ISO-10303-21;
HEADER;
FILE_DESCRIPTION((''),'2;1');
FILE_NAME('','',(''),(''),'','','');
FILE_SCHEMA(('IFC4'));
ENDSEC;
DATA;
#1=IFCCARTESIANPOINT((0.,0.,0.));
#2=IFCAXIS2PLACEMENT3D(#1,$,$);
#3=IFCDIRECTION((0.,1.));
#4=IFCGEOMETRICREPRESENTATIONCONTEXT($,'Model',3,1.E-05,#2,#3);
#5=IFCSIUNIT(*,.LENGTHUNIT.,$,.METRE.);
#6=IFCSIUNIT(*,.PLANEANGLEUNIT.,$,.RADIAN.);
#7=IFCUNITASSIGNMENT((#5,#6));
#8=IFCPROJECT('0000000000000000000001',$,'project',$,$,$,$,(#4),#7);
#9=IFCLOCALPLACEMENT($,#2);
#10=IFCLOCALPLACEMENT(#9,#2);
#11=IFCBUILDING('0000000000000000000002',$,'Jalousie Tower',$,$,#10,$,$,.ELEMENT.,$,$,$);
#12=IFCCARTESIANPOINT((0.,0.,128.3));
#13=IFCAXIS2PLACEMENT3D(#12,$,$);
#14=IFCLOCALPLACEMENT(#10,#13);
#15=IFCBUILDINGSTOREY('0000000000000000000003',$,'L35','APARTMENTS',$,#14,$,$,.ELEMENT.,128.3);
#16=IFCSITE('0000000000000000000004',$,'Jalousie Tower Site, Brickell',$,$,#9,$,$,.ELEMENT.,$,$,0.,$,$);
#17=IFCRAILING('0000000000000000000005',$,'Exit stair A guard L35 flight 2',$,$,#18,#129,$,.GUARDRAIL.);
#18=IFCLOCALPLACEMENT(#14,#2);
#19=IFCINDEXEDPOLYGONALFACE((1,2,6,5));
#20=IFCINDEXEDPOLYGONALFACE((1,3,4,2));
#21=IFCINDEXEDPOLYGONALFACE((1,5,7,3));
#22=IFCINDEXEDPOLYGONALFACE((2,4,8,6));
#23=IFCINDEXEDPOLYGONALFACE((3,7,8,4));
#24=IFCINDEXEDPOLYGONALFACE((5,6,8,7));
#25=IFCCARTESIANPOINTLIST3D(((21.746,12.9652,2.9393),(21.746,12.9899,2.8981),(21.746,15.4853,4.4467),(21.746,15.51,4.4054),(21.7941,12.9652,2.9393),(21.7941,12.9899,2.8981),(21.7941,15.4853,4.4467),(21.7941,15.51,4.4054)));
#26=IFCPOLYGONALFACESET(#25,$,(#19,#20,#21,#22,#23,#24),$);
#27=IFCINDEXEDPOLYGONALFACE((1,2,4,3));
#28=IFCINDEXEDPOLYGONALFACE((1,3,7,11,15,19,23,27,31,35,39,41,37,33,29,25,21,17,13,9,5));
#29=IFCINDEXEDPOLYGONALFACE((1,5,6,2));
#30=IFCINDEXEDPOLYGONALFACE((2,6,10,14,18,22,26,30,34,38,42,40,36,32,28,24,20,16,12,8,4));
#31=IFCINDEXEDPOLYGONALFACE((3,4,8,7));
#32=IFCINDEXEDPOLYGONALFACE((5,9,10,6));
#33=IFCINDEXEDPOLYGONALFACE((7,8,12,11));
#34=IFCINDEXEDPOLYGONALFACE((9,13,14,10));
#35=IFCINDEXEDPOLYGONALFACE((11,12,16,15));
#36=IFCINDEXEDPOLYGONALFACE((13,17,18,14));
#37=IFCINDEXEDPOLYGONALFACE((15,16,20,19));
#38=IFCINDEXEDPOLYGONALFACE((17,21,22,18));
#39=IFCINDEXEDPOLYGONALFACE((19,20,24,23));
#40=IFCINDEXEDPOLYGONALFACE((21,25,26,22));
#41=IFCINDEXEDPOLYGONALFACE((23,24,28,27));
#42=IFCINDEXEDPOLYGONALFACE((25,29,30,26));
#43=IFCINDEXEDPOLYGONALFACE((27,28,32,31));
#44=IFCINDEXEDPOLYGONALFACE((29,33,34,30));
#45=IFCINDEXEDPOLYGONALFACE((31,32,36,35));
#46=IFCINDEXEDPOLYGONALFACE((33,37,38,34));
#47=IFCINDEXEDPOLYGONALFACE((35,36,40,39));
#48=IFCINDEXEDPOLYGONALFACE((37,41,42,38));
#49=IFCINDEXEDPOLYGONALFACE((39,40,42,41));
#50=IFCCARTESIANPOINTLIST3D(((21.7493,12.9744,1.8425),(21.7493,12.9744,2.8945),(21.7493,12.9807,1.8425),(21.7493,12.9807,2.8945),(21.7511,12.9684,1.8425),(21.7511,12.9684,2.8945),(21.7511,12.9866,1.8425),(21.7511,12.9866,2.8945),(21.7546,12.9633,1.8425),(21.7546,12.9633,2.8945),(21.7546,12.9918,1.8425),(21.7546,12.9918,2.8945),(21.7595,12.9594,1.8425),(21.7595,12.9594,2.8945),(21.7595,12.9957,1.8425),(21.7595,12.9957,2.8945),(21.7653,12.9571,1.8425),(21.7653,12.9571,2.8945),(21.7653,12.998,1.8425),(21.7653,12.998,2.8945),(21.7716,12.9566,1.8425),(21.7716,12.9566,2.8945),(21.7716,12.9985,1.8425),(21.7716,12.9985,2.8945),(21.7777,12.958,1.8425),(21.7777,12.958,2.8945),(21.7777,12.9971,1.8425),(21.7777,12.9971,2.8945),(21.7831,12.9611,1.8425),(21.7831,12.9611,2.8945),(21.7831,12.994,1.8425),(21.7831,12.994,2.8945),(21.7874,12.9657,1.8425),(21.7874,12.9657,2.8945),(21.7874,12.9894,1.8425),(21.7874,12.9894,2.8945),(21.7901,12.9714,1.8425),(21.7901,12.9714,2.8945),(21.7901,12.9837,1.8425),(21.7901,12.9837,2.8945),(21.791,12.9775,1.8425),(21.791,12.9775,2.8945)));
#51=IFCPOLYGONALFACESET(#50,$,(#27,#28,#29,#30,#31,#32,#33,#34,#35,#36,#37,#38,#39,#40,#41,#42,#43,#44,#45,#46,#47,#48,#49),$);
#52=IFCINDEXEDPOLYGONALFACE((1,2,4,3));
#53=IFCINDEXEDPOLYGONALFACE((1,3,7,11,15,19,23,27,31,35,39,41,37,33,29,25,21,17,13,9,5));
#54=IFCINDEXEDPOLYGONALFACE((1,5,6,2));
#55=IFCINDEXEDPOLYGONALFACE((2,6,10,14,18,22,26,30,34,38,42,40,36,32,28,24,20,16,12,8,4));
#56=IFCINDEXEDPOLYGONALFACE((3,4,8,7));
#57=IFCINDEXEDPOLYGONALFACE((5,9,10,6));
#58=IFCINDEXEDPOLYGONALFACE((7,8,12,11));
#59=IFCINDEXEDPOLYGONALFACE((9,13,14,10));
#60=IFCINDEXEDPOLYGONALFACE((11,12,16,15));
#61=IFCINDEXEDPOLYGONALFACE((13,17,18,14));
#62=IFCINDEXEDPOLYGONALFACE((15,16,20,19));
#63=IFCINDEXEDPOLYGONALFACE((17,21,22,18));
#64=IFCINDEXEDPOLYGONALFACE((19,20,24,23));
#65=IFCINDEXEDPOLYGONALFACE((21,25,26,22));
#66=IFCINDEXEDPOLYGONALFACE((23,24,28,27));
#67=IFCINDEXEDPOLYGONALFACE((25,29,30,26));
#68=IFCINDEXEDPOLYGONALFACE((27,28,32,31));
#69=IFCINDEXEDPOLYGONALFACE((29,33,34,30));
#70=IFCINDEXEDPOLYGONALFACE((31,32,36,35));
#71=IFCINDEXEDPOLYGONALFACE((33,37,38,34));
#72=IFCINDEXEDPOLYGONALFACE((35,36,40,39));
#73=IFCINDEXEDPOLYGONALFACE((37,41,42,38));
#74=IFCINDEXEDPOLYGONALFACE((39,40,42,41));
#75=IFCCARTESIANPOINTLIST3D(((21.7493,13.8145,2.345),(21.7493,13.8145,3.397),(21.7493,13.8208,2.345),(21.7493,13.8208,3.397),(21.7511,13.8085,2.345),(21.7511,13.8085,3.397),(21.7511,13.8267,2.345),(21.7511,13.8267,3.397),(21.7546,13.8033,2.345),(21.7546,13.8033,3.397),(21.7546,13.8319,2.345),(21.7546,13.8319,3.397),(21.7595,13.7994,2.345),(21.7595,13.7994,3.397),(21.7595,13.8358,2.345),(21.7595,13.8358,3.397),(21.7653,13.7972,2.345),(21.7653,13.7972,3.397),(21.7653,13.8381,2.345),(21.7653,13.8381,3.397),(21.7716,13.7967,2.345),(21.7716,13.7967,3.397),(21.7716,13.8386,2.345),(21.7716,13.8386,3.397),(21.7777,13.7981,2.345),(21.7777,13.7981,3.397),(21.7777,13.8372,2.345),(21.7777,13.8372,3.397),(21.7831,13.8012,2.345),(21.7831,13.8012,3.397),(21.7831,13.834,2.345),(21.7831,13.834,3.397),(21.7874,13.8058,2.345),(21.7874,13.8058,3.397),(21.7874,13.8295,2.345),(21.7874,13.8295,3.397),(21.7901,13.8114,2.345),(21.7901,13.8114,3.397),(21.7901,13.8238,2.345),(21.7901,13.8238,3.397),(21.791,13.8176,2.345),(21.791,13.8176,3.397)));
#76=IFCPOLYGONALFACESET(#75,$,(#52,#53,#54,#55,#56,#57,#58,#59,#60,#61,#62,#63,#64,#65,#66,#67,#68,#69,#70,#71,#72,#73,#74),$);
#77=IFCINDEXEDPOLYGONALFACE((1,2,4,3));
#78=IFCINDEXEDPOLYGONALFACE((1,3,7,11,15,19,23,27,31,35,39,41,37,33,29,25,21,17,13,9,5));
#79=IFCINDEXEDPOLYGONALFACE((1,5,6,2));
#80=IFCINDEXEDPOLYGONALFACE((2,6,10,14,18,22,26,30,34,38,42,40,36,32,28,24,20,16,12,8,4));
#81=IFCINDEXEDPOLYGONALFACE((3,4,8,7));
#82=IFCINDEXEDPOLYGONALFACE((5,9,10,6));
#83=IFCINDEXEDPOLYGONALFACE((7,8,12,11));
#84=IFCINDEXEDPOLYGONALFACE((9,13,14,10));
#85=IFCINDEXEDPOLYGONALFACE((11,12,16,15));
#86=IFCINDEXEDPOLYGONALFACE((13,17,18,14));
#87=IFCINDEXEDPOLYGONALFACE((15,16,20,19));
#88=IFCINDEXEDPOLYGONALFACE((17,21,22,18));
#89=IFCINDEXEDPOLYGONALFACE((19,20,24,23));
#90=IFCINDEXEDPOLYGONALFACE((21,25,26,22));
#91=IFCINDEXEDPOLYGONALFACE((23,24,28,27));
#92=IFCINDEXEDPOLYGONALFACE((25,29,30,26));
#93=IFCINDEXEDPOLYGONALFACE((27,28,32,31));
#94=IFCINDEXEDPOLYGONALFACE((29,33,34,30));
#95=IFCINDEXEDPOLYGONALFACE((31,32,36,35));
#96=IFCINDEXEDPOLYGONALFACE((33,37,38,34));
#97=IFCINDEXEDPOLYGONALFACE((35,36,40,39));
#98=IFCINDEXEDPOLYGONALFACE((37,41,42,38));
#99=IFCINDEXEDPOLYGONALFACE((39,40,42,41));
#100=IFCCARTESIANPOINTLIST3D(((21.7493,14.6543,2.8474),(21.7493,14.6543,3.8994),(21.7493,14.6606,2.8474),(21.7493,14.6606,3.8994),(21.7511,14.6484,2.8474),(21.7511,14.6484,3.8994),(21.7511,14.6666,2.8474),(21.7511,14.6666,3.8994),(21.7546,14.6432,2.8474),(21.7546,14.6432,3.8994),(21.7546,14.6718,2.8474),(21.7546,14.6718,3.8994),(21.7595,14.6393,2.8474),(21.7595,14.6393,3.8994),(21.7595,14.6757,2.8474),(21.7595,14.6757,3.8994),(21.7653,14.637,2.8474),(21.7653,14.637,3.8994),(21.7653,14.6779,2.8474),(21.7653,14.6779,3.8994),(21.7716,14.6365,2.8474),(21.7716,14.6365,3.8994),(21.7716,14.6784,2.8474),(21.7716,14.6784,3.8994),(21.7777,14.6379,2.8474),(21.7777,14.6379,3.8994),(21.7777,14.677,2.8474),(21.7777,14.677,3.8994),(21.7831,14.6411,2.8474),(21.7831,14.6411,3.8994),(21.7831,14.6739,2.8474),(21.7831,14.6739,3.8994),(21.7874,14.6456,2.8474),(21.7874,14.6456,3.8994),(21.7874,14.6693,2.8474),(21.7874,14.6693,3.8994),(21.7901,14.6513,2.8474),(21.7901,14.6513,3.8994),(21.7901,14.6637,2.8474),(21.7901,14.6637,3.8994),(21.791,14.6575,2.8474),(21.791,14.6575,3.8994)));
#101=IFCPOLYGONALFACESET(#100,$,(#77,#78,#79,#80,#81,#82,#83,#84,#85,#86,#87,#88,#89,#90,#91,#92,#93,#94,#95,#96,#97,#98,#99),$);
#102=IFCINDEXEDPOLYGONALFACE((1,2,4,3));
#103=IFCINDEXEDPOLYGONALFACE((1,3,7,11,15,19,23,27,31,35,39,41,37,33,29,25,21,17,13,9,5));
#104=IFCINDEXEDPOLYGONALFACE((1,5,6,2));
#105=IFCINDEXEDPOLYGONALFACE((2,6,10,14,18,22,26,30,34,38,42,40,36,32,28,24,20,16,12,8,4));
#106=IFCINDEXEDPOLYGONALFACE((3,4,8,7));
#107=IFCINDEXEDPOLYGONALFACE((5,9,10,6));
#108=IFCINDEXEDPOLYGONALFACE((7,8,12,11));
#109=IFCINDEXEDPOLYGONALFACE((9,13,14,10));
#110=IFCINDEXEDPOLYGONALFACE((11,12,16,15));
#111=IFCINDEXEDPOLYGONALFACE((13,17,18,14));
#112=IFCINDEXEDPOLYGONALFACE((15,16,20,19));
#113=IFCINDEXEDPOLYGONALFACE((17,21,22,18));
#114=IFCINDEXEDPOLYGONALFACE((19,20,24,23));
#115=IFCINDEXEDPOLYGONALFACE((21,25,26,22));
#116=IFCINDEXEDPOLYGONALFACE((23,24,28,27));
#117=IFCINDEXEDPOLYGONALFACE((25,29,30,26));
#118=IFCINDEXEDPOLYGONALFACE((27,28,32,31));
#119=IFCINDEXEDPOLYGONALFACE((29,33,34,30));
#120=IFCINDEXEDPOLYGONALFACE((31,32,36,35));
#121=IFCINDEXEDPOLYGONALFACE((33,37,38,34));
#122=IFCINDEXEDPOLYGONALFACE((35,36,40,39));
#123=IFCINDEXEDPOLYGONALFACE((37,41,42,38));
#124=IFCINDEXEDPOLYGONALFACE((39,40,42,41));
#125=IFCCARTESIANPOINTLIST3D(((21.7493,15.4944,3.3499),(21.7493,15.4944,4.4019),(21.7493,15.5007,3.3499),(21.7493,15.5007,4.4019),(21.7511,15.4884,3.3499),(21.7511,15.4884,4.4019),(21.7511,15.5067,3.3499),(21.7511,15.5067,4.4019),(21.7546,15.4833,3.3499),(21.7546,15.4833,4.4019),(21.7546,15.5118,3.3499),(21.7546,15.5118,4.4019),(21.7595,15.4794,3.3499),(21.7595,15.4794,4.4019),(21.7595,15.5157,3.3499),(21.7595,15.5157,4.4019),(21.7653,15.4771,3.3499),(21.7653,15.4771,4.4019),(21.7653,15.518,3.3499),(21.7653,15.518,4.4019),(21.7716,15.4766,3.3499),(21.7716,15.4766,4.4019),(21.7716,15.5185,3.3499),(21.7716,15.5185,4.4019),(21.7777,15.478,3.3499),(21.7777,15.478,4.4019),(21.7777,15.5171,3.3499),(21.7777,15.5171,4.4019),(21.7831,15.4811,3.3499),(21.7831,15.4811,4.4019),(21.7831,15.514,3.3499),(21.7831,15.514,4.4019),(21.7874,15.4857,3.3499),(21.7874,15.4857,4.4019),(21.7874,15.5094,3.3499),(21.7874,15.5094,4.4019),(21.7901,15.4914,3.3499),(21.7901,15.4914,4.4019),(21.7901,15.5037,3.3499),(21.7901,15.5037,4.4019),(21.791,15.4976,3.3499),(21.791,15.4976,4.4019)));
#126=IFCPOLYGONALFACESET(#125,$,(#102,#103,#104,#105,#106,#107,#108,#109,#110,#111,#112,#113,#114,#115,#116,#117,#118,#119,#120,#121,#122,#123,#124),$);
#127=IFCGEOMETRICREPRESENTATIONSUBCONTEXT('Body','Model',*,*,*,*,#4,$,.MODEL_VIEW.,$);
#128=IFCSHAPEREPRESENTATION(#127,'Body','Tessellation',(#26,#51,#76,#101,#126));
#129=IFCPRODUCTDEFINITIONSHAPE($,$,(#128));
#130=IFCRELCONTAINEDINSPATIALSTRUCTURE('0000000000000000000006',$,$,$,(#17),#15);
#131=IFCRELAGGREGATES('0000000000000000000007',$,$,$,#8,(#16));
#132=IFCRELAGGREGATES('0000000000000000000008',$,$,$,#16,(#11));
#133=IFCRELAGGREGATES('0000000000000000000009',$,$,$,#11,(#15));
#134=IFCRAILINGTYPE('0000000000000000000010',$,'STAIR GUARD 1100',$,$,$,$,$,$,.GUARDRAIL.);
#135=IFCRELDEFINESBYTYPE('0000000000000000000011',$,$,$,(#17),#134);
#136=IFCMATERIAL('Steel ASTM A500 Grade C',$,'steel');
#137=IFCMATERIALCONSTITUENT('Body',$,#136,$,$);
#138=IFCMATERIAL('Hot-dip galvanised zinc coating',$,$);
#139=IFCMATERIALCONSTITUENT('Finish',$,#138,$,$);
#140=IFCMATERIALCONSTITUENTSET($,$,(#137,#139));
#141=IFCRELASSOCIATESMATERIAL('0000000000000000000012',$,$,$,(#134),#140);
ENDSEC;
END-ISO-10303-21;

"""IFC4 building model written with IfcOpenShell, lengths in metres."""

from ifc_helpers import new_model, si_unit, direction, frame, origin, origin_2d, place, context, subcontext, project, spatial, rectangle, circle, extrude, material, constituent, constituent_set, type_object, element, save


model = new_model("IFC4")

# Units and contexts
model_context = context("Model", 3, precision=1e-05, world=origin(), true_north=direction((0.0, 1.0)))
body_context = subcontext(model_context, "Body", "Model", "MODEL_VIEW")
ifc_project = project(units=[si_unit("LENGTHUNIT", "METRE"), si_unit("PLANEANGLEUNIT", "RADIAN")], contexts=[model_context])

# Site, building, storey
site_placement = place(None, origin())
site = spatial("IfcSite", under=ifc_project, at=site_placement, Name="Jalousie Tower Site, Brickell", CompositionType="ELEMENT", RefElevation=0.0)
building_placement = place(site_placement, origin())
building = spatial("IfcBuilding", under=site, at=building_placement, Name="Jalousie Tower", CompositionType="ELEMENT")
storey_placement = place(building_placement, frame((0.0, 0.0, 128.3)))
storey = spatial("IfcBuildingStorey", under=building, at=storey_placement, Name="L35", Description="APARTMENTS", CompositionType="ELEMENT", Elevation=128.3)

# Railing
ifc_material_1 = material(Name="Steel ASTM A500 Grade C", Category="steel")
ifc_constituent_1 = constituent(ifc_material_1, Name="Body")
ifc_material_2 = material(Name="Hot-dip galvanised zinc coating")
ifc_constituent_2 = constituent(ifc_material_2, Name="Finish")
ifc_constituent_set_1 = constituent_set(constituents=[ifc_constituent_1, ifc_constituent_2])
railing_type_1 = type_object("IfcRailingType", Name="STAIR GUARD 1100", PredefinedType="GUARDRAIL", material=ifc_constituent_set_1)
railing_1_placement = place(storey_placement, frame((21.77, 12.9775, 1.8425)))
element("IfcRailing", 1, at=railing_1_placement, inside=storey, type_object=railing_type_1, Name="Exit stair A guard L35 flight 2", PredefinedType="GUARDRAIL", context=body_context, shape_type="SweptSolid", body=[
    extrude(rectangle(XDim=0.0481, YDim=0.0481, at=origin_2d()), frame((0.0, 0.0, 1.0762), z_axis=(0.0, 0.858196, 0.513321), x_axis=(-1.0, 0.0, 0.0)), (0.0, 0.0, 1.0), 2.9365),
    extrude(circle(Radius=0.021, at=origin_2d()), origin(), (0.0, 0.0, 1.0), 1.052),
    extrude(circle(Radius=0.021, at=origin_2d()), frame((0.0, 0.8401, 0.5024)), (0.0, 0.0, 1.0), 1.052),
    extrude(circle(Radius=0.021, at=origin_2d()), frame((0.0, 1.6799, 1.0049)), (0.0, 0.0, 1.0), 1.052),
    extrude(circle(Radius=0.021, at=origin_2d()), frame((0.0, 2.52, 1.5073)), (0.0, 0.0, 1.0), 1.052),
])

save(model, "model.ifc")
